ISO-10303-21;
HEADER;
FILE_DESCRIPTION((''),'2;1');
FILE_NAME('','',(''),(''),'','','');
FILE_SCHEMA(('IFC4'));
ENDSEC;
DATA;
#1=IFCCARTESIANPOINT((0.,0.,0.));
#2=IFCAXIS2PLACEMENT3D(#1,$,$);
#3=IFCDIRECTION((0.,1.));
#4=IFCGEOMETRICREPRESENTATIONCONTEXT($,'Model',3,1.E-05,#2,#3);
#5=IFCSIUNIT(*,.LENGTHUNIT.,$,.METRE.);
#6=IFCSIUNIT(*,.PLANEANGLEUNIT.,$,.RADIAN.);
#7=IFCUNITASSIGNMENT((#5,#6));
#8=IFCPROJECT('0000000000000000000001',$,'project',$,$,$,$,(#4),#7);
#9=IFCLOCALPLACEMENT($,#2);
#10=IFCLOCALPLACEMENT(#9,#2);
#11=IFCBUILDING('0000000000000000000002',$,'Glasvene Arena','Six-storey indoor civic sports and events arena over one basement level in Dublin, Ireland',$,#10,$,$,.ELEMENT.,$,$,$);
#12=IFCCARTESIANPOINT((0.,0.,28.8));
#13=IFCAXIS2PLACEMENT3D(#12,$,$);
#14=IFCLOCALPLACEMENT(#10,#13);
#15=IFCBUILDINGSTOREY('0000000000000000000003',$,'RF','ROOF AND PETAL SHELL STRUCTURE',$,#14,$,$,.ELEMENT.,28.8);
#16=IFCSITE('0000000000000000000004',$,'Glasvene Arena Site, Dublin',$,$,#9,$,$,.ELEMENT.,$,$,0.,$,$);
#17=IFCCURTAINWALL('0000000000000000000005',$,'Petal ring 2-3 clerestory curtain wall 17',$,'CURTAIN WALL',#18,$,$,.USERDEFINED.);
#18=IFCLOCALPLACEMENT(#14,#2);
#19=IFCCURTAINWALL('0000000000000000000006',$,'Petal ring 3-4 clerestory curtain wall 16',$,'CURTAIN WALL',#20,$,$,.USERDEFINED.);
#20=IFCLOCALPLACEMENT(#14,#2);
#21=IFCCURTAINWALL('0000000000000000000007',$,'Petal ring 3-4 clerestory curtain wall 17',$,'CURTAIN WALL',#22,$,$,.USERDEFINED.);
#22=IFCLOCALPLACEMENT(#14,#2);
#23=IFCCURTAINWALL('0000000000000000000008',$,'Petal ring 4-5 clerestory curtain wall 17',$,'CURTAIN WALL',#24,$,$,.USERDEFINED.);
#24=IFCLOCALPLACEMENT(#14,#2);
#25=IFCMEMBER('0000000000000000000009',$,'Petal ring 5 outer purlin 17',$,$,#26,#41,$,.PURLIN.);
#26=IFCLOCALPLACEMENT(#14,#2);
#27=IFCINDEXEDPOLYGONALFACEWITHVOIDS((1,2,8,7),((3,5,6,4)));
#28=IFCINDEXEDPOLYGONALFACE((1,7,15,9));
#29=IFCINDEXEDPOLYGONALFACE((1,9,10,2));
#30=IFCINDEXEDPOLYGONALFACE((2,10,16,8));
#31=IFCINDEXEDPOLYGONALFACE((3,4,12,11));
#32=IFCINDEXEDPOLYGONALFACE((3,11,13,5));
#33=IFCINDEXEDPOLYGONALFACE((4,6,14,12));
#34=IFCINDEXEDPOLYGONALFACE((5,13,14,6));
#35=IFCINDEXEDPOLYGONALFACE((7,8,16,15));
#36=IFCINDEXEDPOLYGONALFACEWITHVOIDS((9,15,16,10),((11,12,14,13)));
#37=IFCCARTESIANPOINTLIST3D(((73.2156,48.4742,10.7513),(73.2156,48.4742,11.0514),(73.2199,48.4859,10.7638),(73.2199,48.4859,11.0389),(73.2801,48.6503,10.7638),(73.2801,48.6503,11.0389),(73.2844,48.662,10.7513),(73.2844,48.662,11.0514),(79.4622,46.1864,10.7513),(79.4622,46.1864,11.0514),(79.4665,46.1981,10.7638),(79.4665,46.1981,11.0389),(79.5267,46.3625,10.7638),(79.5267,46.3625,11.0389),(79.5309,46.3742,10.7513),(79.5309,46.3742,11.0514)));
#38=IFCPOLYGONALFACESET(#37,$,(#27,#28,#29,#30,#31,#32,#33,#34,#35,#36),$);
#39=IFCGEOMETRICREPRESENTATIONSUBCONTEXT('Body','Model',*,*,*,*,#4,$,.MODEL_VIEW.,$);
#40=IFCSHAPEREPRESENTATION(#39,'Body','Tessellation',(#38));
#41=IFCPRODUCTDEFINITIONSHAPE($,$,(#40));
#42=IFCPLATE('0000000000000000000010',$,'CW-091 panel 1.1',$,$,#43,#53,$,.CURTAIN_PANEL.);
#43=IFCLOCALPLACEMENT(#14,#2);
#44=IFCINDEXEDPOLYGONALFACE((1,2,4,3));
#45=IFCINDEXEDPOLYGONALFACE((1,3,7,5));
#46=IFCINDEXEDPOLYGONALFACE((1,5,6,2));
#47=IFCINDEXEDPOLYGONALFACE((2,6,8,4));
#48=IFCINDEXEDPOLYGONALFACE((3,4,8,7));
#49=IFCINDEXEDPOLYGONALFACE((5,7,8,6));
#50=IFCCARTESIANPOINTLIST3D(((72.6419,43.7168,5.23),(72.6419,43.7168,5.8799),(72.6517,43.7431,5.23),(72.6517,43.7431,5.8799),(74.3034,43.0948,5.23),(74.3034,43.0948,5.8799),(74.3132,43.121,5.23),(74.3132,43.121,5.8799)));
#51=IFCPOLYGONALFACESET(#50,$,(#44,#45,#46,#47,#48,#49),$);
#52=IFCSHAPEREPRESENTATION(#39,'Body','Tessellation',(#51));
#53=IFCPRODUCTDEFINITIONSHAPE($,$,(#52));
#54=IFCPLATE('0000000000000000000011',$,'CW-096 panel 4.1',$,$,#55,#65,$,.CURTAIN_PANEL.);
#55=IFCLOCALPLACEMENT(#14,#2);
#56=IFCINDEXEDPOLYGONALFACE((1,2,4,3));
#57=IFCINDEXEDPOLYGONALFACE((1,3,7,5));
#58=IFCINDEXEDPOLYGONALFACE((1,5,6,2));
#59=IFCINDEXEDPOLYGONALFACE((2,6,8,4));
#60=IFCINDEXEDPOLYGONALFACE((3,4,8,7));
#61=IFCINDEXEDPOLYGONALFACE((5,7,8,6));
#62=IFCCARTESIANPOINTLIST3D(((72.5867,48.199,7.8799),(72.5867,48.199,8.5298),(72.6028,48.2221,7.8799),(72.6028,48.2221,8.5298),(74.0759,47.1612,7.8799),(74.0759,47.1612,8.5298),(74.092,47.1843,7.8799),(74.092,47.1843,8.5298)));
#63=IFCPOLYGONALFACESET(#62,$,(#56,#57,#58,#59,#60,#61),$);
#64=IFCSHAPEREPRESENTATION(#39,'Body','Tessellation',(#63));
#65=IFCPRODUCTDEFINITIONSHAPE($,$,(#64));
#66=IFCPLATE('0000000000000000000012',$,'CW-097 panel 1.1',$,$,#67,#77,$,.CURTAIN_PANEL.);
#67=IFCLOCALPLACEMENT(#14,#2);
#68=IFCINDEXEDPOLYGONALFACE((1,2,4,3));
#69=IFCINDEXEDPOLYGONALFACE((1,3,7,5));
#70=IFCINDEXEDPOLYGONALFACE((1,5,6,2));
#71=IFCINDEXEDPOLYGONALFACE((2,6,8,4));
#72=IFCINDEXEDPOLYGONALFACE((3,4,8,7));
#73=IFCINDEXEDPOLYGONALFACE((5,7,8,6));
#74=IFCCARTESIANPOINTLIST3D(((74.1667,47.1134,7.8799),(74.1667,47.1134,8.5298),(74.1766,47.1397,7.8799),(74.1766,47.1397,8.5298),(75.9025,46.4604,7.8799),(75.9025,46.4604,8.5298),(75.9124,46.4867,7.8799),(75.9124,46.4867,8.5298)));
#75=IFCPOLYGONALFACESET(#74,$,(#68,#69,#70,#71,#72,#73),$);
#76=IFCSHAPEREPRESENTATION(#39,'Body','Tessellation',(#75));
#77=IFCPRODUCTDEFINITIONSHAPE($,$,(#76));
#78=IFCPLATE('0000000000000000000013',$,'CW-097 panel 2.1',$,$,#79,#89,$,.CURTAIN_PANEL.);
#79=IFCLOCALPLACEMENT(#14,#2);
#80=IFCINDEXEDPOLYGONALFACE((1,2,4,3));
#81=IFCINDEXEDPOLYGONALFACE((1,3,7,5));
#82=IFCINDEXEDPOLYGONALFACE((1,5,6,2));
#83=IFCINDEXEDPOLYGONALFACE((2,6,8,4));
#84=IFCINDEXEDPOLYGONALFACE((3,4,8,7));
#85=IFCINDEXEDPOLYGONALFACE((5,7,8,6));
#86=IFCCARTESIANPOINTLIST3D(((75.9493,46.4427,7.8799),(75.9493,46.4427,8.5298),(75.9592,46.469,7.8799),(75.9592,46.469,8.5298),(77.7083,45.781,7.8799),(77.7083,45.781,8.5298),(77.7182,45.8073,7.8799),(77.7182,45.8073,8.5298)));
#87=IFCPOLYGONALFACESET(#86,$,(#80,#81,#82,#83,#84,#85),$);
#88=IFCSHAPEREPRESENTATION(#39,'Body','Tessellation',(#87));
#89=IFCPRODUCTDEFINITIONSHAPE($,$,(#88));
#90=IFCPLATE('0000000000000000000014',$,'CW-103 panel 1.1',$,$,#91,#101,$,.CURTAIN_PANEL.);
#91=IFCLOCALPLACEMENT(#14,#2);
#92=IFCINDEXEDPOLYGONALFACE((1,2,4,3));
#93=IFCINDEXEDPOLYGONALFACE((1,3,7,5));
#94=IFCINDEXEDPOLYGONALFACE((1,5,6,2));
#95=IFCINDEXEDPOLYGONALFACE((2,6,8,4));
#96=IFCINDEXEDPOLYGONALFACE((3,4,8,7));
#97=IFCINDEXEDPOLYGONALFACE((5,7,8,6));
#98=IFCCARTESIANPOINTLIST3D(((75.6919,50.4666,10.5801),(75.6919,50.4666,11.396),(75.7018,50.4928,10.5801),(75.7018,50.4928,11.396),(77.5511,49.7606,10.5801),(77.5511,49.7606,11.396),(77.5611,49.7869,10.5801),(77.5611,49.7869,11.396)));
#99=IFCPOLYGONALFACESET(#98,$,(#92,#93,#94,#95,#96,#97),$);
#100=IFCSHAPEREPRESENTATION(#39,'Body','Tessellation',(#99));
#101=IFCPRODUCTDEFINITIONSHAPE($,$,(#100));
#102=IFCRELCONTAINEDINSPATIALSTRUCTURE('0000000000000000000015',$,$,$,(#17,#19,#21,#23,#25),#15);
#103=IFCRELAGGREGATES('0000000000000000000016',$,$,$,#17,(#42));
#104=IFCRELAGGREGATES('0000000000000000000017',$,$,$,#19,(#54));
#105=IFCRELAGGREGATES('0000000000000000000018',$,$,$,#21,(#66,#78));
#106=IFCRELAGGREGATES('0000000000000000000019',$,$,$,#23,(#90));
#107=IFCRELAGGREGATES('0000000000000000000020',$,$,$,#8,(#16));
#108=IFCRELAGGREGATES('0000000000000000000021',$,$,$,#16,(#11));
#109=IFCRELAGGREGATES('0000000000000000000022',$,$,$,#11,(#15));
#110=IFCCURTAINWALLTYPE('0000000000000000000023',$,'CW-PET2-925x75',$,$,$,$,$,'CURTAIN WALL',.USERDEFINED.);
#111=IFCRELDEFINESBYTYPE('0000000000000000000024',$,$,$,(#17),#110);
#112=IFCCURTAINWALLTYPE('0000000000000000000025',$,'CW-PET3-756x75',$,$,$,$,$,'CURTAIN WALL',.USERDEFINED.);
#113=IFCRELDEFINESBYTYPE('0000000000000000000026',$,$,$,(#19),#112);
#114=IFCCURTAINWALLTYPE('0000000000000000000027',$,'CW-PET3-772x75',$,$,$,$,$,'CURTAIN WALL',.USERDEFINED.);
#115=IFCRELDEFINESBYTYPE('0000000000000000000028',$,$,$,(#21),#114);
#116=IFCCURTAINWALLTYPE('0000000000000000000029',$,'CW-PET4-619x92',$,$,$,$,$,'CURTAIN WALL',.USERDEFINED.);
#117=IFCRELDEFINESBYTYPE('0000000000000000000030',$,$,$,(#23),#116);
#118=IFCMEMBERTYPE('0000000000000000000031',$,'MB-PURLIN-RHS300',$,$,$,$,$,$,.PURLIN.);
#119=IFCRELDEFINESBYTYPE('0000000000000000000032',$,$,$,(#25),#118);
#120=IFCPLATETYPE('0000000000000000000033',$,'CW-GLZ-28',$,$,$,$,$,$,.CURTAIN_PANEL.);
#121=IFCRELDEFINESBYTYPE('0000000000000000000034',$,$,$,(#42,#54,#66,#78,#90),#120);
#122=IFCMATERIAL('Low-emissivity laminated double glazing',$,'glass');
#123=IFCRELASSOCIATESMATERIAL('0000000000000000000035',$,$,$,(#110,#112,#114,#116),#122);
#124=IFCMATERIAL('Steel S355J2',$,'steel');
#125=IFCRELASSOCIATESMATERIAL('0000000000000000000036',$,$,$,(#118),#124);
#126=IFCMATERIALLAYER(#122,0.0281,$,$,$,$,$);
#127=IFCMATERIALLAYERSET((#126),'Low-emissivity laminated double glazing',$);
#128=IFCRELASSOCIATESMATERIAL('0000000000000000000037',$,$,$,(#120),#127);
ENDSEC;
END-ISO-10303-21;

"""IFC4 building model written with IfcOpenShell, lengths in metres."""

from ifc_helpers import new_model, si_unit, direction, frame, origin, origin_2d, place, context, subcontext, project, spatial, rectangle, hollow_rectangle, extrude, material, layer, layer_set, material_profile, profile_set, type_object, element, aggregate, save


model = new_model("IFC4")

# Units and contexts
model_context = context("Model", 3, precision=1e-05, world=origin(), true_north=direction((0.0, 1.0)))
body_context = subcontext(model_context, "Body", "Model", "MODEL_VIEW")
ifc_project = project(units=[si_unit("LENGTHUNIT", "METRE"), si_unit("PLANEANGLEUNIT", "RADIAN")], contexts=[model_context])

# Site, building, storey
site_placement = place(None, origin())
site = spatial("IfcSite", under=ifc_project, at=site_placement, Name="Glasvene Arena Site, Dublin", CompositionType="ELEMENT", RefElevation=0.0)
building_placement = place(site_placement, origin())
building = spatial("IfcBuilding", under=site, at=building_placement, Name="Glasvene Arena", Description="Six-storey indoor civic sports and events arena over one basement level in Dublin, Ireland", CompositionType="ELEMENT")
storey_placement = place(building_placement, frame((0.0, 0.0, 28.8)))
storey = spatial("IfcBuildingStorey", under=building, at=storey_placement, Name="RF", Description="ROOF AND PETAL SHELL STRUCTURE", CompositionType="ELEMENT", Elevation=28.8)

# Shared definitions
ifc_material_1 = material(Name="Low-emissivity laminated double glazing", Category="glass")

# Curtain walls
curtain_wall_type_1 = type_object("IfcCurtainWallType", Name="CW-PET2-925x75", ElementType="CURTAIN WALL", PredefinedType="USERDEFINED", material=ifc_material_1)
curtain_wall_1_placement = place(storey_placement, frame((72.6001, 43.7476, 0.0)))
curtain_wall_1 = element("IfcCurtainWall", 1, at=curtain_wall_1_placement, inside=storey, type_object=curtain_wall_type_1, Name="Petal ring 2-3 clerestory curtain wall 17", ObjectType="CURTAIN WALL", PredefinedType="USERDEFINED")
curtain_wall_type_2 = type_object("IfcCurtainWallType", Name="CW-PET3-756x75", ElementType="CURTAIN WALL", PredefinedType="USERDEFINED", material=ifc_material_1)
curtain_wall_2_placement = place(storey_placement, frame((67.9221, 51.4668, 0.0)))
curtain_wall_2 = element("IfcCurtainWall", 2, at=curtain_wall_2_placement, inside=storey, type_object=curtain_wall_type_2, Name="Petal ring 3-4 clerestory curtain wall 16", ObjectType="CURTAIN WALL", PredefinedType="USERDEFINED")
curtain_wall_type_3 = type_object("IfcCurtainWallType", Name="CW-PET3-772x75", ElementType="CURTAIN WALL", PredefinedType="USERDEFINED", material=ifc_material_1)
curtain_wall_3_placement = place(storey_placement, frame((74.125, 47.144, 0.0)))
curtain_wall_3 = element("IfcCurtainWall", 3, at=curtain_wall_3_placement, inside=storey, type_object=curtain_wall_type_3, Name="Petal ring 3-4 clerestory curtain wall 17", ObjectType="CURTAIN WALL", PredefinedType="USERDEFINED")

# Curtain wall
curtain_wall_type_4 = type_object("IfcCurtainWallType", Name="CW-PET4-619x92", ElementType="CURTAIN WALL", PredefinedType="USERDEFINED", material=ifc_material_1)
curtain_wall_4_placement = place(storey_placement, frame((75.6499, 50.4973, 0.0)))
curtain_wall_4 = element("IfcCurtainWall", 4, at=curtain_wall_4_placement, inside=storey, type_object=curtain_wall_type_4, Name="Petal ring 4-5 clerestory curtain wall 17", ObjectType="CURTAIN WALL", PredefinedType="USERDEFINED")

# Member
ifc_material_2 = material(Name="Steel S355J2", Category="steel")
ifc_material_profile_1 = material_profile(ifc_material_2, hollow_rectangle(XDim=0.2, YDim=0.3, WallThickness=0.0125, at=origin_2d()), Name="RHS 300x200x12.5")
ifc_profile_set_1 = profile_set([ifc_material_profile_1], Name="Steel S355J2")
member_type_1 = type_object("IfcMemberType", Name="MB-PURLIN-RHS300", PredefinedType="PURLIN", material=ifc_profile_set_1)
member_1_placement = place(storey_placement, frame((73.25, 48.5681, 10.9014), z_axis=(0.939001, -0.343914, 0.0), x_axis=(0.343914, 0.939001, 0.0)))
element("IfcMember", 5, at=member_1_placement, inside=storey, type_object=member_type_1, Name="Petal ring 5 outer purlin 17", PredefinedType="PURLIN", context=body_context, shape_type="SweptSolid", body=[
    extrude(hollow_rectangle(XDim=0.2, YDim=0.3, WallThickness=0.0125, at=origin_2d()), origin(), (0.0, 0.0, 1.0), 6.6523),
])

# Plates
ifc_layer = layer(ifc_material_1, 0.0281)
ifc_layer_set = layer_set([ifc_layer], Name="Low-emissivity laminated double glazing")
plate_type = type_object("IfcPlateType", Name="CW-GLZ-28", PredefinedType="CURTAIN_PANEL", material=ifc_layer_set)
plate_1_placement = place(storey_placement, frame((73.4775, 43.4189, 5.23), z_axis=(0.0, 0.0, 1.0), x_axis=(0.93651, -0.35064, 0.0)))
plate_1 = element("IfcPlate", 6, at=plate_1_placement, type_object=plate_type, Name="CW-091 panel 1.1", PredefinedType="CURTAIN_PANEL", context=body_context, shape_type="SweptSolid", body=[
    extrude(rectangle(XDim=1.7742, YDim=0.0281, at=origin_2d()), origin(), (0.0, 0.0, 1.0), 0.6499),
])
aggregate(curtain_wall_1, [plate_1])
plate_2_placement = place(storey_placement, frame((73.3394, 47.6917, 7.8799), z_axis=(0.0, 0.0, 1.0), x_axis=(0.820433, -0.571742, 0.0)))
plate_2 = element("IfcPlate", 7, at=plate_2_placement, type_object=plate_type, Name="CW-096 panel 4.1", PredefinedType="CURTAIN_PANEL", context=body_context, shape_type="SweptSolid", body=[
    extrude(rectangle(XDim=1.8152, YDim=0.0281, at=origin_2d()), origin(), (0.0, 0.0, 1.0), 0.6499),
])
aggregate(curtain_wall_2, [plate_2])
plate_3_placement = place(storey_placement, frame((75.0396, 46.8, 7.8799), z_axis=(0.0, 0.0, 1.0), x_axis=(0.935966, -0.352092, 0.0)))
plate_3 = element("IfcPlate", 8, at=plate_3_placement, type_object=plate_type, Name="CW-097 panel 1.1", PredefinedType="CURTAIN_PANEL", context=body_context, shape_type="SweptSolid", body=[
    extrude(rectangle(XDim=1.8545, YDim=0.0281, at=origin_2d()), origin(), (0.0, 0.0, 1.0), 0.6499),
])
plate_4_placement = place(storey_placement, frame((76.8337, 46.125, 7.8799), z_axis=(0.0, 0.0, 1.0), x_axis=(0.935966, -0.352092, 0.0)))
plate_4 = element("IfcPlate", 9, at=plate_4_placement, type_object=plate_type, Name="CW-097 panel 2.1", PredefinedType="CURTAIN_PANEL", context=body_context, shape_type="SweptSolid", body=[
    extrude(rectangle(XDim=1.8794, YDim=0.0281, at=origin_2d()), origin(), (0.0, 0.0, 1.0), 0.6499),
])
aggregate(curtain_wall_3, [plate_3, plate_4])
plate_5_placement = place(storey_placement, frame((76.6265, 50.1267, 10.5801), z_axis=(0.0, 0.0, 1.0), x_axis=(0.934878, -0.35497, 0.0)))
plate_5 = element("IfcPlate", 10, at=plate_5_placement, type_object=plate_type, Name="CW-103 panel 1.1", PredefinedType="CURTAIN_PANEL", context=body_context, shape_type="SweptSolid", body=[
    extrude(rectangle(XDim=1.9888, YDim=0.0281, at=origin_2d()), origin(), (0.0, 0.0, 1.0), 0.8159),
])
aggregate(curtain_wall_4, [plate_5])

save(model, "model.ifc")
